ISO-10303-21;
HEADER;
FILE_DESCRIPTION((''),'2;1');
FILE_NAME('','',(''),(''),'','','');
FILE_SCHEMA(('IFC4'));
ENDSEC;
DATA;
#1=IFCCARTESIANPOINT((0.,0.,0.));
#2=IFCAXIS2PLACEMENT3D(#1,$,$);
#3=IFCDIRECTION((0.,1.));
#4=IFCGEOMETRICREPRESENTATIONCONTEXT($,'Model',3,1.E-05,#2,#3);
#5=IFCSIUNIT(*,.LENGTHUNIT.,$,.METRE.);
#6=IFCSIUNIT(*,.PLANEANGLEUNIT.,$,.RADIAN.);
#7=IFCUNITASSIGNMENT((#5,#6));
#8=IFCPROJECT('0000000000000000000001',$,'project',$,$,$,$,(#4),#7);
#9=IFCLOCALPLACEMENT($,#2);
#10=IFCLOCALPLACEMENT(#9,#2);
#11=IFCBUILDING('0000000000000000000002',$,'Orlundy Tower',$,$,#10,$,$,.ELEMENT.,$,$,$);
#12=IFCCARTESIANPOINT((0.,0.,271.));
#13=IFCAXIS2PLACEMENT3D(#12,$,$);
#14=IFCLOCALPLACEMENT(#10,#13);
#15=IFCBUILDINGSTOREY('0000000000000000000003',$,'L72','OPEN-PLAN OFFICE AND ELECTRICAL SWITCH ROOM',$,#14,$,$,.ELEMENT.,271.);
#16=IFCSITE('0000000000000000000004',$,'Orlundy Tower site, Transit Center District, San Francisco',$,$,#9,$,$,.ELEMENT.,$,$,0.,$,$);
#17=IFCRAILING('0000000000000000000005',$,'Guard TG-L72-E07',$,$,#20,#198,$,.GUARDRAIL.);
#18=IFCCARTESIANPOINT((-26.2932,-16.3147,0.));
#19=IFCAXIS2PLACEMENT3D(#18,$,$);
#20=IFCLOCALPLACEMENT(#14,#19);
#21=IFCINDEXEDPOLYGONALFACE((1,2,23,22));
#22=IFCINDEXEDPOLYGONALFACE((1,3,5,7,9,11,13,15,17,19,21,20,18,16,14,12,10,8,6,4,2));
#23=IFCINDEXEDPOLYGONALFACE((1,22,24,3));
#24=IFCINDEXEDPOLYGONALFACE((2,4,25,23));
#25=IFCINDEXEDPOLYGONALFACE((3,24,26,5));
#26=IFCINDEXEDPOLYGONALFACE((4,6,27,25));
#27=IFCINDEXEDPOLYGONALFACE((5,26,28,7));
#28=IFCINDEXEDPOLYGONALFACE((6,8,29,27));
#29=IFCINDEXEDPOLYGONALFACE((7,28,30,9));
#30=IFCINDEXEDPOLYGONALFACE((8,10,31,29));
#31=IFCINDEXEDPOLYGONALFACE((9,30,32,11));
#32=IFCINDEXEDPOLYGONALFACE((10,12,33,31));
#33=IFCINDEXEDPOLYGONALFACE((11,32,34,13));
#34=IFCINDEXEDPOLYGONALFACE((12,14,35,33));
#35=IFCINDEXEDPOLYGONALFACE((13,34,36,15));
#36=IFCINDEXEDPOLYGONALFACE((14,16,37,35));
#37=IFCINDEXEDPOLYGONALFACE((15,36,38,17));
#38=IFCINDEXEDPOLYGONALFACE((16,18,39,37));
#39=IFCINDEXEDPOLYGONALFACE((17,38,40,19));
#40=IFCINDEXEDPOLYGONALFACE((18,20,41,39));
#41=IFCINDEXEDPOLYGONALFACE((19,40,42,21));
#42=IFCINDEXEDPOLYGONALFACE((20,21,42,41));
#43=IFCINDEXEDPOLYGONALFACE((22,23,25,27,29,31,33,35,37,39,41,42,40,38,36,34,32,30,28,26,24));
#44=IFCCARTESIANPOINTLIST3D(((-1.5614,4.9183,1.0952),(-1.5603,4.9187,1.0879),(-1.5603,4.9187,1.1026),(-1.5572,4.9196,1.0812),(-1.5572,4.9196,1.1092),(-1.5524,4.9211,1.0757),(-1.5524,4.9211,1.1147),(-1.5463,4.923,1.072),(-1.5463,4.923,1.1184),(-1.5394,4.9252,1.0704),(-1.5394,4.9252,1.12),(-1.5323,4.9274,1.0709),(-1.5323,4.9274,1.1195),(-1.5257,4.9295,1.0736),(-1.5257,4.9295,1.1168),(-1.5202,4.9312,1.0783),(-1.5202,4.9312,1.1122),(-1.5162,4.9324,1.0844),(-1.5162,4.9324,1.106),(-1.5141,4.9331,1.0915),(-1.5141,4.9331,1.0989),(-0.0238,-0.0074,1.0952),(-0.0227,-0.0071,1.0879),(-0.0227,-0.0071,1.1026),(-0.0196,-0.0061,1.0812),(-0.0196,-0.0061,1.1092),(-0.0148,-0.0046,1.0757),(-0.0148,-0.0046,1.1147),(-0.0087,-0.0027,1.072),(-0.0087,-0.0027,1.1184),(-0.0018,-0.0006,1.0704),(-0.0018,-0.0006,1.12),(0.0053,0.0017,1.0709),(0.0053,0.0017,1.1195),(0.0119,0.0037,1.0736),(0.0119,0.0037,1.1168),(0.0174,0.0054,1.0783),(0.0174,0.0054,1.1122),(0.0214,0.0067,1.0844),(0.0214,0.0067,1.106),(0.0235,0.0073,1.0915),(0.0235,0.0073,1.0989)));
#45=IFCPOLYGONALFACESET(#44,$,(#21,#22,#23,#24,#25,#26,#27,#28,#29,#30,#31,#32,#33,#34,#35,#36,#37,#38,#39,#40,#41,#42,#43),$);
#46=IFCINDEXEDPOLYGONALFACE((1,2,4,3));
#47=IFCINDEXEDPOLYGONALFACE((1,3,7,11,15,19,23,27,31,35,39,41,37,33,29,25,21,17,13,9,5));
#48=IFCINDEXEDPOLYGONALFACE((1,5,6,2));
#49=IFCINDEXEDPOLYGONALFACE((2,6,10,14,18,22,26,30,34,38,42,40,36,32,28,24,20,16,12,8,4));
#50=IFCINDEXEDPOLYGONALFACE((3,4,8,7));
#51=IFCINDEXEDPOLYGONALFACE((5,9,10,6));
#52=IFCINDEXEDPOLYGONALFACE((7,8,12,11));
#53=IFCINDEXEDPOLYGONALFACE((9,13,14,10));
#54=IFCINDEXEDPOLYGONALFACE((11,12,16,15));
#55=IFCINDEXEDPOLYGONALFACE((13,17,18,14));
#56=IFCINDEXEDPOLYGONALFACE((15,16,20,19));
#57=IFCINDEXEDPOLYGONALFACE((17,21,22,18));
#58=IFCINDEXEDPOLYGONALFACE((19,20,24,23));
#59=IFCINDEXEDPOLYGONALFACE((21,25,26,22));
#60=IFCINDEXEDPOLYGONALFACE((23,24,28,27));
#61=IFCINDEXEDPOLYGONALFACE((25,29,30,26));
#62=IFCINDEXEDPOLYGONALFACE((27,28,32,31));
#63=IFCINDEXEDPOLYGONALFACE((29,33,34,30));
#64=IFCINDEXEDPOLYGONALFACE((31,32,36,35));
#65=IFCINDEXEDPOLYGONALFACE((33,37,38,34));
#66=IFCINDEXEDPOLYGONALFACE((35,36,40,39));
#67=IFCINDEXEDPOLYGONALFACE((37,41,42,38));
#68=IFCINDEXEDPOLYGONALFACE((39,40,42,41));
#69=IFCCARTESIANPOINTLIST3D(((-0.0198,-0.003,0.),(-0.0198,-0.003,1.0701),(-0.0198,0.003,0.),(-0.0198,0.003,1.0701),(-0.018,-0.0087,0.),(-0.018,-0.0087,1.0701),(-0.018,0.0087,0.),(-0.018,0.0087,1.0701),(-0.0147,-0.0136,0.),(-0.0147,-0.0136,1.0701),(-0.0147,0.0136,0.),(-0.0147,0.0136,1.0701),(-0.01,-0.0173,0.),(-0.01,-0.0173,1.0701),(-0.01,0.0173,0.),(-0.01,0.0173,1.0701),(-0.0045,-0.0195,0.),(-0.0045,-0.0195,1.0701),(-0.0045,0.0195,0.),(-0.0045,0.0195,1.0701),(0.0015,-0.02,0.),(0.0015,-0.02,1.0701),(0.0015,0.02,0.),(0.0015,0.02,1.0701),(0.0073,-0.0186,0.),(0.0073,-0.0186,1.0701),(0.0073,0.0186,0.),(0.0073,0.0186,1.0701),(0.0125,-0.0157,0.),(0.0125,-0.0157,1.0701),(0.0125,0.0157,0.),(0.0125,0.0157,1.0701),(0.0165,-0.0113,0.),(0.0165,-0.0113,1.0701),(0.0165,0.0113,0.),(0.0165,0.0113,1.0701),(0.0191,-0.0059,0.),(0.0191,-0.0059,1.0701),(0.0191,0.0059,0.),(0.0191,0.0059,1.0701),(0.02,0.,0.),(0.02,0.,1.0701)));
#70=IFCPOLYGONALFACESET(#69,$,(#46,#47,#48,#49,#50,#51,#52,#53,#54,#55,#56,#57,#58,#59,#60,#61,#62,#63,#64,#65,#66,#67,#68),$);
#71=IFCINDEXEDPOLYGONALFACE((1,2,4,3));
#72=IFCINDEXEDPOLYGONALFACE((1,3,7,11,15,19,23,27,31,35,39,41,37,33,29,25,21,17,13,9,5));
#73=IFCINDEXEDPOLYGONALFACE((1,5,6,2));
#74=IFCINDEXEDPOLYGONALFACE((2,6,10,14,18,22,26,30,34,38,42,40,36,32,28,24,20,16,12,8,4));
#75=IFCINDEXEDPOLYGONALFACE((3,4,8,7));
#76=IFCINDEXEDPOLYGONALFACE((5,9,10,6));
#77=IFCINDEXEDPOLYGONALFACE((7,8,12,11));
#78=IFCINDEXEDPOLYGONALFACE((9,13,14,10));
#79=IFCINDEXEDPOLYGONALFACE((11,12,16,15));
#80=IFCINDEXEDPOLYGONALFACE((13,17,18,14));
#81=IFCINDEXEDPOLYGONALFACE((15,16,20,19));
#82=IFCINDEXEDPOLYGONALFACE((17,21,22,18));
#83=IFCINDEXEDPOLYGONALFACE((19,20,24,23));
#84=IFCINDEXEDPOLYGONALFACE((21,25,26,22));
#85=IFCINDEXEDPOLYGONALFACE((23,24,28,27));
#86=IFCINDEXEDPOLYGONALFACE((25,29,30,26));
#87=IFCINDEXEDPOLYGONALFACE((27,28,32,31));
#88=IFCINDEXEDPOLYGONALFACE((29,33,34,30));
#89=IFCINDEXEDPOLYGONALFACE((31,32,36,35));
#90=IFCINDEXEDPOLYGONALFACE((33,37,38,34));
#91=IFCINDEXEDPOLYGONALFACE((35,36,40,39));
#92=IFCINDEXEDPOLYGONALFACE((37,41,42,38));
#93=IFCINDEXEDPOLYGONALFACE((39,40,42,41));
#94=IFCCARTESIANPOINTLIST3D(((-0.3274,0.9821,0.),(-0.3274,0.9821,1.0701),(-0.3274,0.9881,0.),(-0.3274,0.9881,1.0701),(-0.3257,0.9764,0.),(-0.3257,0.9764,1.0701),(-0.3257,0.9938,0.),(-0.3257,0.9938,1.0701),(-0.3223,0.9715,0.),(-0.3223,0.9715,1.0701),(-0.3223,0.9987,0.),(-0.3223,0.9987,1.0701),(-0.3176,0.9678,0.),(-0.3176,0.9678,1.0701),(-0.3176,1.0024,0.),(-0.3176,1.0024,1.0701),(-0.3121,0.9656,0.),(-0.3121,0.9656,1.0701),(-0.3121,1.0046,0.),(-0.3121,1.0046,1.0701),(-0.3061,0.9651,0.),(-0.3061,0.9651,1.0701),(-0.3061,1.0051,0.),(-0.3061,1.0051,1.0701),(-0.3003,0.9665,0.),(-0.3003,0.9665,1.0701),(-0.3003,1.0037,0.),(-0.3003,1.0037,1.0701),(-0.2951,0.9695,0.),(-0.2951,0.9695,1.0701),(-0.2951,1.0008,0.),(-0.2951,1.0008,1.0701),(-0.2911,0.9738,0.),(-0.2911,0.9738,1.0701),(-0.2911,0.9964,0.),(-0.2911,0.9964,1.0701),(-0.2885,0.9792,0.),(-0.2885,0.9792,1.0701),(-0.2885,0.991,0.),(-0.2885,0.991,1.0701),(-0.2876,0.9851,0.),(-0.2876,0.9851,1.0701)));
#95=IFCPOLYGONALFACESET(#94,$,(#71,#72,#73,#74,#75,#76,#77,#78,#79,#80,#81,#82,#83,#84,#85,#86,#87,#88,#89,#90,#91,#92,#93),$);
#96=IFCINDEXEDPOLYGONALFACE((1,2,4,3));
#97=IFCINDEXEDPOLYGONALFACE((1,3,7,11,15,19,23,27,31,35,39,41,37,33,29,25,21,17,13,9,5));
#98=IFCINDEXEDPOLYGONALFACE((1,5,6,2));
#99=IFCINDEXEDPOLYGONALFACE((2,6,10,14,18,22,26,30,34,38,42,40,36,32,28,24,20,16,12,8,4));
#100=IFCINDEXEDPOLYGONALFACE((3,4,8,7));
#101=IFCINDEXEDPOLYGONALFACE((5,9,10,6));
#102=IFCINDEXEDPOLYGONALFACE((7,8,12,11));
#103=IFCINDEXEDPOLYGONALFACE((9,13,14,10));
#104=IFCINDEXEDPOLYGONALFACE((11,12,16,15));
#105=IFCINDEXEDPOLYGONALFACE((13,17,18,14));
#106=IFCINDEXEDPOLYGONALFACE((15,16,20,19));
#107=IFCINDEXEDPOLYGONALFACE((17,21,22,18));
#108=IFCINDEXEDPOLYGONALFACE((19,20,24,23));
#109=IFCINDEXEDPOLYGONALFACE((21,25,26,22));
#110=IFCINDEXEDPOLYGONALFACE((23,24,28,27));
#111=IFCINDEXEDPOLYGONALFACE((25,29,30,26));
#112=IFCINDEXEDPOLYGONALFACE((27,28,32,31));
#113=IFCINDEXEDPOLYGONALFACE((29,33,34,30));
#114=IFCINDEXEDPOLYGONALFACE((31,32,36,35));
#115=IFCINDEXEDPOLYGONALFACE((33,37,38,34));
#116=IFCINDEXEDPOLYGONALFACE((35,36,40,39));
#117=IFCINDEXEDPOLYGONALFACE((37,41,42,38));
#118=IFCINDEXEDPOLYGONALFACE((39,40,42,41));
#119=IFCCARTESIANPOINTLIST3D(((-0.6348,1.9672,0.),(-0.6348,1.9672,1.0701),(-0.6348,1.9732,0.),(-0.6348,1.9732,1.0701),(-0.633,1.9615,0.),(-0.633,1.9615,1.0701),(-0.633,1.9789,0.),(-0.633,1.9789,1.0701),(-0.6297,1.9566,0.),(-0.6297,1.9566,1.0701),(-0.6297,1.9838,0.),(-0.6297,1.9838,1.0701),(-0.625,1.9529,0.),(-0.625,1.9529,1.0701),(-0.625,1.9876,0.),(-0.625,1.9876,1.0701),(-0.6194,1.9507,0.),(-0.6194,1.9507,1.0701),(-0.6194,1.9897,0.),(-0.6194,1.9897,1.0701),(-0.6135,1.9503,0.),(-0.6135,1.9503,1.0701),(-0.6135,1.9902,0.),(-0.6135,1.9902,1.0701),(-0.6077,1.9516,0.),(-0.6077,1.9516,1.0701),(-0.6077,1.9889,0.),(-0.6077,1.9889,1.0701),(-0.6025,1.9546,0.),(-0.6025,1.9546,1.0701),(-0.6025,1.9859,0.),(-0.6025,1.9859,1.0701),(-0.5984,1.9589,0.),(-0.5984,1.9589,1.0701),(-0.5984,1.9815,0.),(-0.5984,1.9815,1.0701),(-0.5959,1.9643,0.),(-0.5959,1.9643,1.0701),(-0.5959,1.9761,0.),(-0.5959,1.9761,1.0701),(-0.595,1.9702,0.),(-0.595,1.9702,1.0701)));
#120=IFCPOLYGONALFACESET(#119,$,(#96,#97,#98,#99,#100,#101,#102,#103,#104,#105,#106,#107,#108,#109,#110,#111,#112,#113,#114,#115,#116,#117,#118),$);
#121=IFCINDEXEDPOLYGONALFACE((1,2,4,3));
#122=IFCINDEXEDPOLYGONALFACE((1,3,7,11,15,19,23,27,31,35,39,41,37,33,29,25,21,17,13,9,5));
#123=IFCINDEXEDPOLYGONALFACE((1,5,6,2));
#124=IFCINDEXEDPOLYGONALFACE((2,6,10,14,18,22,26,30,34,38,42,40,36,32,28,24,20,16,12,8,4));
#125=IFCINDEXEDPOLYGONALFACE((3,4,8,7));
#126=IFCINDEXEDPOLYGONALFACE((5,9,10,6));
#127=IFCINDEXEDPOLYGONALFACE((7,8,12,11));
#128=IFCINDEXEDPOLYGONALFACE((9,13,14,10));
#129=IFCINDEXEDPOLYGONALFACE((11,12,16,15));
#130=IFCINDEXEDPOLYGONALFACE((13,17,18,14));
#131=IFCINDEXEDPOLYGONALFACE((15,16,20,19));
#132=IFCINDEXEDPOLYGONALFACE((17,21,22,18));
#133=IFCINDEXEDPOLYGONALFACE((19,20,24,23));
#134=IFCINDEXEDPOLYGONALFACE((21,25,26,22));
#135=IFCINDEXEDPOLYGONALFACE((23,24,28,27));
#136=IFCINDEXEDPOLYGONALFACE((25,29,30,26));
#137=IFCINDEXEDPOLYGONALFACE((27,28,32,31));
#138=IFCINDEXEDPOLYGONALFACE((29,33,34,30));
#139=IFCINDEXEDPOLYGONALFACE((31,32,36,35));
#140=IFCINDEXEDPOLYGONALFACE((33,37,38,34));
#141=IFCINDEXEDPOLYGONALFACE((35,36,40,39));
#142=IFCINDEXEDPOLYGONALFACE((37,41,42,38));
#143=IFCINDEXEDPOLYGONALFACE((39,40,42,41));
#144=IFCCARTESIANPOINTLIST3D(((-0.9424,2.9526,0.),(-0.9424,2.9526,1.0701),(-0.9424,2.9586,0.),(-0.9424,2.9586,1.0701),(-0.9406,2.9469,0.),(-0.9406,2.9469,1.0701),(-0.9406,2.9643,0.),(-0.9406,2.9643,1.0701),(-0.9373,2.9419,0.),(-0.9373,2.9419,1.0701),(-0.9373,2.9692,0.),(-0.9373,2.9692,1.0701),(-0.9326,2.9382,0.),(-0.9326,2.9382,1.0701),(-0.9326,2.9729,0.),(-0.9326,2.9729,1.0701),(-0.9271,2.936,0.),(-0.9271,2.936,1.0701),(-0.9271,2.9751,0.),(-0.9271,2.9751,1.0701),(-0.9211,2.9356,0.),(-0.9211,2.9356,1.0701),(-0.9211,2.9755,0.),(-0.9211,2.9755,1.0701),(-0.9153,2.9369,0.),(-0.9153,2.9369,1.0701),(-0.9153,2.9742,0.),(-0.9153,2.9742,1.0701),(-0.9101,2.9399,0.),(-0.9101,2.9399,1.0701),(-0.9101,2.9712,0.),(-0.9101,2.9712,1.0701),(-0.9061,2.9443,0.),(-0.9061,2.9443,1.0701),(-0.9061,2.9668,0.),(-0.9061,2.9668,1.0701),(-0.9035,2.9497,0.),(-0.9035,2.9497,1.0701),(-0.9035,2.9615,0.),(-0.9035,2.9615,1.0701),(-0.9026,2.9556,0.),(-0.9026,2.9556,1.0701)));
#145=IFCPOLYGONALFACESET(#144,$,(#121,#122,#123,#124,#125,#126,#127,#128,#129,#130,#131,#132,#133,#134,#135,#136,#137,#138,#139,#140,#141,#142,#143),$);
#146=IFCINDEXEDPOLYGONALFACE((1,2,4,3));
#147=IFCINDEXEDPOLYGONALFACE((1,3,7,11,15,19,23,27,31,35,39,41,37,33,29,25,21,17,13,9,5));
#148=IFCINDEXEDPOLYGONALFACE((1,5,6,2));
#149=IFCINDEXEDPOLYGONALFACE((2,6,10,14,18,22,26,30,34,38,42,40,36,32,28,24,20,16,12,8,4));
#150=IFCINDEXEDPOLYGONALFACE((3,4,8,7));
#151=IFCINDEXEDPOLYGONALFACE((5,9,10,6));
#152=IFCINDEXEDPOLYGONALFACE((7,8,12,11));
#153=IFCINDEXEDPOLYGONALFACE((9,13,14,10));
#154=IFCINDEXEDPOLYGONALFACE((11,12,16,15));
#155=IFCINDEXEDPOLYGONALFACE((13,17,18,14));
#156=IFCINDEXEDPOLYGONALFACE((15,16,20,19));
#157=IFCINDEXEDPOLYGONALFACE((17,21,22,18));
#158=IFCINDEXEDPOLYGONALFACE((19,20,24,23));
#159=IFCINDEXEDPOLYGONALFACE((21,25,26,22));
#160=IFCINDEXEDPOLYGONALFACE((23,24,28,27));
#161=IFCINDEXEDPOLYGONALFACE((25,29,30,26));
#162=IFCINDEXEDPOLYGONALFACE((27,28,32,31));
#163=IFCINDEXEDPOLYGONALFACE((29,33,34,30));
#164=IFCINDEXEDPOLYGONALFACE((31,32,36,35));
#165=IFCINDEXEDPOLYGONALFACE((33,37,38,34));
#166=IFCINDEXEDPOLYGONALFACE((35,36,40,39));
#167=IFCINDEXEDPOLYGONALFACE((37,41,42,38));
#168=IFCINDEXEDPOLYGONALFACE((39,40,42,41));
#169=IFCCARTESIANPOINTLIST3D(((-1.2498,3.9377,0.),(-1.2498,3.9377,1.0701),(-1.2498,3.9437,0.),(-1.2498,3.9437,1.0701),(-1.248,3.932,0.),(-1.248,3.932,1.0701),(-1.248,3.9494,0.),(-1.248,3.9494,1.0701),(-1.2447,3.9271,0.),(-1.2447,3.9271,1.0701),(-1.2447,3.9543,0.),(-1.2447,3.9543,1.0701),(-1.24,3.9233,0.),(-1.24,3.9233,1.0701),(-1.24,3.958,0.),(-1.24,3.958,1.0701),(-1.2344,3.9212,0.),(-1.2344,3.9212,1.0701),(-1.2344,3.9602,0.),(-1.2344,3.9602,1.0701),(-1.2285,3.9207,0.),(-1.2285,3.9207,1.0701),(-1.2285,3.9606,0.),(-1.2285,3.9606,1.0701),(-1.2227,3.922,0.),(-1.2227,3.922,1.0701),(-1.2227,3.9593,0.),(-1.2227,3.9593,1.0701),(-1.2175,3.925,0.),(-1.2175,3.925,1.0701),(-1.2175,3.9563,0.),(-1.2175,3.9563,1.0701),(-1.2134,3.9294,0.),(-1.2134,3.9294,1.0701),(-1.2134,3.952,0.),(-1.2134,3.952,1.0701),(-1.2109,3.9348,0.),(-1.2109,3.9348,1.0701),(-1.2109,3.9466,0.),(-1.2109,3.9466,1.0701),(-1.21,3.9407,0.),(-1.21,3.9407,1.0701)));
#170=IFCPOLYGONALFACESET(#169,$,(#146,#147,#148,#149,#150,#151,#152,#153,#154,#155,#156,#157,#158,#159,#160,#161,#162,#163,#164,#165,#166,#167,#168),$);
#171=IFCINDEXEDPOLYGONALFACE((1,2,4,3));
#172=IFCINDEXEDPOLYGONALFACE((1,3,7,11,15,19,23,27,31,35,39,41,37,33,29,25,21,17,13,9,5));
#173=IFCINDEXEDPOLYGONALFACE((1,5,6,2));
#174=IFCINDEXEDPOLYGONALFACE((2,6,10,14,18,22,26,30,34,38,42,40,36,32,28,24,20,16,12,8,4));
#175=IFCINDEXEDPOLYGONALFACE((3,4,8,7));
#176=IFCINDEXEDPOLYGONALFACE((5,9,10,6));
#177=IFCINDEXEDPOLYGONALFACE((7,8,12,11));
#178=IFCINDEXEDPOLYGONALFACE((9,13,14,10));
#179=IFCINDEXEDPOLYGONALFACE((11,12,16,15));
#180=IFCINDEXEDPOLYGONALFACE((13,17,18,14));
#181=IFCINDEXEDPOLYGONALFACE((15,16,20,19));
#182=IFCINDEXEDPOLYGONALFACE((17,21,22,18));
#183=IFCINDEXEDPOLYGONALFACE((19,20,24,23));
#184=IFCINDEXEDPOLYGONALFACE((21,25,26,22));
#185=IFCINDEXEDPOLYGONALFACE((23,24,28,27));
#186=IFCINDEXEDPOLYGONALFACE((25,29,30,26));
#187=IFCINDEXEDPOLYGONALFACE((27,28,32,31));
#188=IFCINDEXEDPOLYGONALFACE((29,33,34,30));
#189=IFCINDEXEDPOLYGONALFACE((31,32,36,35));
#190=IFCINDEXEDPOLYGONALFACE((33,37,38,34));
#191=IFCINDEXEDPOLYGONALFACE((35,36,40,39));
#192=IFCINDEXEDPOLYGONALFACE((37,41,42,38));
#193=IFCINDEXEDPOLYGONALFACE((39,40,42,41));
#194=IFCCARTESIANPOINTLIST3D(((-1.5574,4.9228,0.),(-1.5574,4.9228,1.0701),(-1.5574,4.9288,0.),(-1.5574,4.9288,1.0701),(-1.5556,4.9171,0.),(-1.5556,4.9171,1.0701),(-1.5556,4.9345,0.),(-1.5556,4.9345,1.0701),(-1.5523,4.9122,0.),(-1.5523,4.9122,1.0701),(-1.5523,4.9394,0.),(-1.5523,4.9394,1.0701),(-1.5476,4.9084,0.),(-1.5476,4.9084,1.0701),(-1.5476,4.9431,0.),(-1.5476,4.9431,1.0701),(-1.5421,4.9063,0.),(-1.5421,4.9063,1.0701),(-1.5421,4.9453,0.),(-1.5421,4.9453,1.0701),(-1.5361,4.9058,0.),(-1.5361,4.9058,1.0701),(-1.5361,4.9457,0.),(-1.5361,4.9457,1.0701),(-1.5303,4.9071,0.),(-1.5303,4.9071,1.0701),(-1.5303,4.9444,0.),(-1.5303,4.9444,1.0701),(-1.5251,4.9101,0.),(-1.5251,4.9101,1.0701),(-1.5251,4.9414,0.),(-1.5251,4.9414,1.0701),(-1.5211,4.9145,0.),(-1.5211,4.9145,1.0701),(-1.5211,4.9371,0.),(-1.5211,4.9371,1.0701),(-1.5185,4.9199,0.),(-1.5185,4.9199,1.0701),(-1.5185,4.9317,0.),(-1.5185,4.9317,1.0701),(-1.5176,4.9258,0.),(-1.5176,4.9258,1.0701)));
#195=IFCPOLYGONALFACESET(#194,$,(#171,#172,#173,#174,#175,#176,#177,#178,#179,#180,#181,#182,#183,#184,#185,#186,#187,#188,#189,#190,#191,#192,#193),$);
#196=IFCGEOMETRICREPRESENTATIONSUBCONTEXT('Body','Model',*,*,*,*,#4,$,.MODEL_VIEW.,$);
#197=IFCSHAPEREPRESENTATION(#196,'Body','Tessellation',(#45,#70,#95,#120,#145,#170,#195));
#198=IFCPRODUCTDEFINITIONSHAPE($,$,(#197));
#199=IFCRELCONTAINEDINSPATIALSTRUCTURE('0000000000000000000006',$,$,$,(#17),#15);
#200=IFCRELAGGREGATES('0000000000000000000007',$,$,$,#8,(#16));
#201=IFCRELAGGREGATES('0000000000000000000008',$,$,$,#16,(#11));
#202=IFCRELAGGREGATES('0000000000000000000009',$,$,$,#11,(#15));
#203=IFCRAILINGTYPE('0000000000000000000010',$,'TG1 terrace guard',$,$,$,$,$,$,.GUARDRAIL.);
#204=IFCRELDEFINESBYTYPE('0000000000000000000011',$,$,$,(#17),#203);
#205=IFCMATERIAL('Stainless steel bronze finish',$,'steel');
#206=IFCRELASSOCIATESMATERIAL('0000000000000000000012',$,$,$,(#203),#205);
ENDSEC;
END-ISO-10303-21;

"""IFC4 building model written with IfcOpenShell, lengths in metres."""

from ifc_helpers import new_model, si_unit, direction, frame, origin, origin_2d, place, context, subcontext, project, spatial, circle, extrude, material, type_object, element, save


model = new_model("IFC4")

# Units and contexts
model_context = context("Model", 3, precision=1e-05, world=origin(), true_north=direction((0.0, 1.0)))
body_context = subcontext(model_context, "Body", "Model", "MODEL_VIEW")
ifc_project = project(units=[si_unit("LENGTHUNIT", "METRE"), si_unit("PLANEANGLEUNIT", "RADIAN")], contexts=[model_context])

# Site, building, storey
site_placement = place(None, origin())
site = spatial("IfcSite", under=ifc_project, at=site_placement, Name="Orlundy Tower site, Transit Center District, San Francisco", CompositionType="ELEMENT", RefElevation=0.0)
building_placement = place(site_placement, origin())
building = spatial("IfcBuilding", under=site, at=building_placement, Name="Orlundy Tower", CompositionType="ELEMENT")
storey_placement = place(building_placement, frame((0.0, 0.0, 271.0)))
storey = spatial("IfcBuildingStorey", under=building, at=storey_placement, Name="L72", Description="OPEN-PLAN OFFICE AND ELECTRICAL SWITCH ROOM", CompositionType="ELEMENT", Elevation=271.0)

# Railing
ifc_material_1 = material(Name="Stainless steel bronze finish", Category="steel")
railing_type_1 = type_object("IfcRailingType", Name="TG1 terrace guard", PredefinedType="GUARDRAIL", material=ifc_material_1)
railing_1_placement = place(storey_placement, frame((-26.2932, -16.3147, 0.0)))
element("IfcRailing", 1, at=railing_1_placement, inside=storey, type_object=railing_type_1, Name="Guard TG-L72-E07", PredefinedType="GUARDRAIL", context=body_context, shape_type="SweptSolid", body=[
    extrude(circle(Radius=0.0249, at=origin_2d()), frame((0.0, 0.0, 1.0952), z_axis=(-0.297973, 0.954574, 0.0), x_axis=(-0.954574, -0.297973, 0.0)), (0.0, 0.0, 1.0), 5.1602),
    extrude(circle(Radius=0.02, at=origin_2d()), origin(), (0.0, 0.0, 1.0), 1.0701),
    extrude(circle(Radius=0.02, at=origin_2d()), frame((-0.3076, 0.9851, 0.0)), (0.0, 0.0, 1.0), 1.0701),
    extrude(circle(Radius=0.02, at=origin_2d()), frame((-0.615, 1.9702, 0.0)), (0.0, 0.0, 1.0), 1.0701),
    extrude(circle(Radius=0.02, at=origin_2d()), frame((-0.9226, 2.9556, 0.0)), (0.0, 0.0, 1.0), 1.0701),
    extrude(circle(Radius=0.02, at=origin_2d()), frame((-1.23, 3.9407, 0.0)), (0.0, 0.0, 1.0), 1.0701),
    extrude(circle(Radius=0.02, at=origin_2d()), frame((-1.5376, 4.9258, 0.0)), (0.0, 0.0, 1.0), 1.0701),
])

save(model, "model.ifc")
